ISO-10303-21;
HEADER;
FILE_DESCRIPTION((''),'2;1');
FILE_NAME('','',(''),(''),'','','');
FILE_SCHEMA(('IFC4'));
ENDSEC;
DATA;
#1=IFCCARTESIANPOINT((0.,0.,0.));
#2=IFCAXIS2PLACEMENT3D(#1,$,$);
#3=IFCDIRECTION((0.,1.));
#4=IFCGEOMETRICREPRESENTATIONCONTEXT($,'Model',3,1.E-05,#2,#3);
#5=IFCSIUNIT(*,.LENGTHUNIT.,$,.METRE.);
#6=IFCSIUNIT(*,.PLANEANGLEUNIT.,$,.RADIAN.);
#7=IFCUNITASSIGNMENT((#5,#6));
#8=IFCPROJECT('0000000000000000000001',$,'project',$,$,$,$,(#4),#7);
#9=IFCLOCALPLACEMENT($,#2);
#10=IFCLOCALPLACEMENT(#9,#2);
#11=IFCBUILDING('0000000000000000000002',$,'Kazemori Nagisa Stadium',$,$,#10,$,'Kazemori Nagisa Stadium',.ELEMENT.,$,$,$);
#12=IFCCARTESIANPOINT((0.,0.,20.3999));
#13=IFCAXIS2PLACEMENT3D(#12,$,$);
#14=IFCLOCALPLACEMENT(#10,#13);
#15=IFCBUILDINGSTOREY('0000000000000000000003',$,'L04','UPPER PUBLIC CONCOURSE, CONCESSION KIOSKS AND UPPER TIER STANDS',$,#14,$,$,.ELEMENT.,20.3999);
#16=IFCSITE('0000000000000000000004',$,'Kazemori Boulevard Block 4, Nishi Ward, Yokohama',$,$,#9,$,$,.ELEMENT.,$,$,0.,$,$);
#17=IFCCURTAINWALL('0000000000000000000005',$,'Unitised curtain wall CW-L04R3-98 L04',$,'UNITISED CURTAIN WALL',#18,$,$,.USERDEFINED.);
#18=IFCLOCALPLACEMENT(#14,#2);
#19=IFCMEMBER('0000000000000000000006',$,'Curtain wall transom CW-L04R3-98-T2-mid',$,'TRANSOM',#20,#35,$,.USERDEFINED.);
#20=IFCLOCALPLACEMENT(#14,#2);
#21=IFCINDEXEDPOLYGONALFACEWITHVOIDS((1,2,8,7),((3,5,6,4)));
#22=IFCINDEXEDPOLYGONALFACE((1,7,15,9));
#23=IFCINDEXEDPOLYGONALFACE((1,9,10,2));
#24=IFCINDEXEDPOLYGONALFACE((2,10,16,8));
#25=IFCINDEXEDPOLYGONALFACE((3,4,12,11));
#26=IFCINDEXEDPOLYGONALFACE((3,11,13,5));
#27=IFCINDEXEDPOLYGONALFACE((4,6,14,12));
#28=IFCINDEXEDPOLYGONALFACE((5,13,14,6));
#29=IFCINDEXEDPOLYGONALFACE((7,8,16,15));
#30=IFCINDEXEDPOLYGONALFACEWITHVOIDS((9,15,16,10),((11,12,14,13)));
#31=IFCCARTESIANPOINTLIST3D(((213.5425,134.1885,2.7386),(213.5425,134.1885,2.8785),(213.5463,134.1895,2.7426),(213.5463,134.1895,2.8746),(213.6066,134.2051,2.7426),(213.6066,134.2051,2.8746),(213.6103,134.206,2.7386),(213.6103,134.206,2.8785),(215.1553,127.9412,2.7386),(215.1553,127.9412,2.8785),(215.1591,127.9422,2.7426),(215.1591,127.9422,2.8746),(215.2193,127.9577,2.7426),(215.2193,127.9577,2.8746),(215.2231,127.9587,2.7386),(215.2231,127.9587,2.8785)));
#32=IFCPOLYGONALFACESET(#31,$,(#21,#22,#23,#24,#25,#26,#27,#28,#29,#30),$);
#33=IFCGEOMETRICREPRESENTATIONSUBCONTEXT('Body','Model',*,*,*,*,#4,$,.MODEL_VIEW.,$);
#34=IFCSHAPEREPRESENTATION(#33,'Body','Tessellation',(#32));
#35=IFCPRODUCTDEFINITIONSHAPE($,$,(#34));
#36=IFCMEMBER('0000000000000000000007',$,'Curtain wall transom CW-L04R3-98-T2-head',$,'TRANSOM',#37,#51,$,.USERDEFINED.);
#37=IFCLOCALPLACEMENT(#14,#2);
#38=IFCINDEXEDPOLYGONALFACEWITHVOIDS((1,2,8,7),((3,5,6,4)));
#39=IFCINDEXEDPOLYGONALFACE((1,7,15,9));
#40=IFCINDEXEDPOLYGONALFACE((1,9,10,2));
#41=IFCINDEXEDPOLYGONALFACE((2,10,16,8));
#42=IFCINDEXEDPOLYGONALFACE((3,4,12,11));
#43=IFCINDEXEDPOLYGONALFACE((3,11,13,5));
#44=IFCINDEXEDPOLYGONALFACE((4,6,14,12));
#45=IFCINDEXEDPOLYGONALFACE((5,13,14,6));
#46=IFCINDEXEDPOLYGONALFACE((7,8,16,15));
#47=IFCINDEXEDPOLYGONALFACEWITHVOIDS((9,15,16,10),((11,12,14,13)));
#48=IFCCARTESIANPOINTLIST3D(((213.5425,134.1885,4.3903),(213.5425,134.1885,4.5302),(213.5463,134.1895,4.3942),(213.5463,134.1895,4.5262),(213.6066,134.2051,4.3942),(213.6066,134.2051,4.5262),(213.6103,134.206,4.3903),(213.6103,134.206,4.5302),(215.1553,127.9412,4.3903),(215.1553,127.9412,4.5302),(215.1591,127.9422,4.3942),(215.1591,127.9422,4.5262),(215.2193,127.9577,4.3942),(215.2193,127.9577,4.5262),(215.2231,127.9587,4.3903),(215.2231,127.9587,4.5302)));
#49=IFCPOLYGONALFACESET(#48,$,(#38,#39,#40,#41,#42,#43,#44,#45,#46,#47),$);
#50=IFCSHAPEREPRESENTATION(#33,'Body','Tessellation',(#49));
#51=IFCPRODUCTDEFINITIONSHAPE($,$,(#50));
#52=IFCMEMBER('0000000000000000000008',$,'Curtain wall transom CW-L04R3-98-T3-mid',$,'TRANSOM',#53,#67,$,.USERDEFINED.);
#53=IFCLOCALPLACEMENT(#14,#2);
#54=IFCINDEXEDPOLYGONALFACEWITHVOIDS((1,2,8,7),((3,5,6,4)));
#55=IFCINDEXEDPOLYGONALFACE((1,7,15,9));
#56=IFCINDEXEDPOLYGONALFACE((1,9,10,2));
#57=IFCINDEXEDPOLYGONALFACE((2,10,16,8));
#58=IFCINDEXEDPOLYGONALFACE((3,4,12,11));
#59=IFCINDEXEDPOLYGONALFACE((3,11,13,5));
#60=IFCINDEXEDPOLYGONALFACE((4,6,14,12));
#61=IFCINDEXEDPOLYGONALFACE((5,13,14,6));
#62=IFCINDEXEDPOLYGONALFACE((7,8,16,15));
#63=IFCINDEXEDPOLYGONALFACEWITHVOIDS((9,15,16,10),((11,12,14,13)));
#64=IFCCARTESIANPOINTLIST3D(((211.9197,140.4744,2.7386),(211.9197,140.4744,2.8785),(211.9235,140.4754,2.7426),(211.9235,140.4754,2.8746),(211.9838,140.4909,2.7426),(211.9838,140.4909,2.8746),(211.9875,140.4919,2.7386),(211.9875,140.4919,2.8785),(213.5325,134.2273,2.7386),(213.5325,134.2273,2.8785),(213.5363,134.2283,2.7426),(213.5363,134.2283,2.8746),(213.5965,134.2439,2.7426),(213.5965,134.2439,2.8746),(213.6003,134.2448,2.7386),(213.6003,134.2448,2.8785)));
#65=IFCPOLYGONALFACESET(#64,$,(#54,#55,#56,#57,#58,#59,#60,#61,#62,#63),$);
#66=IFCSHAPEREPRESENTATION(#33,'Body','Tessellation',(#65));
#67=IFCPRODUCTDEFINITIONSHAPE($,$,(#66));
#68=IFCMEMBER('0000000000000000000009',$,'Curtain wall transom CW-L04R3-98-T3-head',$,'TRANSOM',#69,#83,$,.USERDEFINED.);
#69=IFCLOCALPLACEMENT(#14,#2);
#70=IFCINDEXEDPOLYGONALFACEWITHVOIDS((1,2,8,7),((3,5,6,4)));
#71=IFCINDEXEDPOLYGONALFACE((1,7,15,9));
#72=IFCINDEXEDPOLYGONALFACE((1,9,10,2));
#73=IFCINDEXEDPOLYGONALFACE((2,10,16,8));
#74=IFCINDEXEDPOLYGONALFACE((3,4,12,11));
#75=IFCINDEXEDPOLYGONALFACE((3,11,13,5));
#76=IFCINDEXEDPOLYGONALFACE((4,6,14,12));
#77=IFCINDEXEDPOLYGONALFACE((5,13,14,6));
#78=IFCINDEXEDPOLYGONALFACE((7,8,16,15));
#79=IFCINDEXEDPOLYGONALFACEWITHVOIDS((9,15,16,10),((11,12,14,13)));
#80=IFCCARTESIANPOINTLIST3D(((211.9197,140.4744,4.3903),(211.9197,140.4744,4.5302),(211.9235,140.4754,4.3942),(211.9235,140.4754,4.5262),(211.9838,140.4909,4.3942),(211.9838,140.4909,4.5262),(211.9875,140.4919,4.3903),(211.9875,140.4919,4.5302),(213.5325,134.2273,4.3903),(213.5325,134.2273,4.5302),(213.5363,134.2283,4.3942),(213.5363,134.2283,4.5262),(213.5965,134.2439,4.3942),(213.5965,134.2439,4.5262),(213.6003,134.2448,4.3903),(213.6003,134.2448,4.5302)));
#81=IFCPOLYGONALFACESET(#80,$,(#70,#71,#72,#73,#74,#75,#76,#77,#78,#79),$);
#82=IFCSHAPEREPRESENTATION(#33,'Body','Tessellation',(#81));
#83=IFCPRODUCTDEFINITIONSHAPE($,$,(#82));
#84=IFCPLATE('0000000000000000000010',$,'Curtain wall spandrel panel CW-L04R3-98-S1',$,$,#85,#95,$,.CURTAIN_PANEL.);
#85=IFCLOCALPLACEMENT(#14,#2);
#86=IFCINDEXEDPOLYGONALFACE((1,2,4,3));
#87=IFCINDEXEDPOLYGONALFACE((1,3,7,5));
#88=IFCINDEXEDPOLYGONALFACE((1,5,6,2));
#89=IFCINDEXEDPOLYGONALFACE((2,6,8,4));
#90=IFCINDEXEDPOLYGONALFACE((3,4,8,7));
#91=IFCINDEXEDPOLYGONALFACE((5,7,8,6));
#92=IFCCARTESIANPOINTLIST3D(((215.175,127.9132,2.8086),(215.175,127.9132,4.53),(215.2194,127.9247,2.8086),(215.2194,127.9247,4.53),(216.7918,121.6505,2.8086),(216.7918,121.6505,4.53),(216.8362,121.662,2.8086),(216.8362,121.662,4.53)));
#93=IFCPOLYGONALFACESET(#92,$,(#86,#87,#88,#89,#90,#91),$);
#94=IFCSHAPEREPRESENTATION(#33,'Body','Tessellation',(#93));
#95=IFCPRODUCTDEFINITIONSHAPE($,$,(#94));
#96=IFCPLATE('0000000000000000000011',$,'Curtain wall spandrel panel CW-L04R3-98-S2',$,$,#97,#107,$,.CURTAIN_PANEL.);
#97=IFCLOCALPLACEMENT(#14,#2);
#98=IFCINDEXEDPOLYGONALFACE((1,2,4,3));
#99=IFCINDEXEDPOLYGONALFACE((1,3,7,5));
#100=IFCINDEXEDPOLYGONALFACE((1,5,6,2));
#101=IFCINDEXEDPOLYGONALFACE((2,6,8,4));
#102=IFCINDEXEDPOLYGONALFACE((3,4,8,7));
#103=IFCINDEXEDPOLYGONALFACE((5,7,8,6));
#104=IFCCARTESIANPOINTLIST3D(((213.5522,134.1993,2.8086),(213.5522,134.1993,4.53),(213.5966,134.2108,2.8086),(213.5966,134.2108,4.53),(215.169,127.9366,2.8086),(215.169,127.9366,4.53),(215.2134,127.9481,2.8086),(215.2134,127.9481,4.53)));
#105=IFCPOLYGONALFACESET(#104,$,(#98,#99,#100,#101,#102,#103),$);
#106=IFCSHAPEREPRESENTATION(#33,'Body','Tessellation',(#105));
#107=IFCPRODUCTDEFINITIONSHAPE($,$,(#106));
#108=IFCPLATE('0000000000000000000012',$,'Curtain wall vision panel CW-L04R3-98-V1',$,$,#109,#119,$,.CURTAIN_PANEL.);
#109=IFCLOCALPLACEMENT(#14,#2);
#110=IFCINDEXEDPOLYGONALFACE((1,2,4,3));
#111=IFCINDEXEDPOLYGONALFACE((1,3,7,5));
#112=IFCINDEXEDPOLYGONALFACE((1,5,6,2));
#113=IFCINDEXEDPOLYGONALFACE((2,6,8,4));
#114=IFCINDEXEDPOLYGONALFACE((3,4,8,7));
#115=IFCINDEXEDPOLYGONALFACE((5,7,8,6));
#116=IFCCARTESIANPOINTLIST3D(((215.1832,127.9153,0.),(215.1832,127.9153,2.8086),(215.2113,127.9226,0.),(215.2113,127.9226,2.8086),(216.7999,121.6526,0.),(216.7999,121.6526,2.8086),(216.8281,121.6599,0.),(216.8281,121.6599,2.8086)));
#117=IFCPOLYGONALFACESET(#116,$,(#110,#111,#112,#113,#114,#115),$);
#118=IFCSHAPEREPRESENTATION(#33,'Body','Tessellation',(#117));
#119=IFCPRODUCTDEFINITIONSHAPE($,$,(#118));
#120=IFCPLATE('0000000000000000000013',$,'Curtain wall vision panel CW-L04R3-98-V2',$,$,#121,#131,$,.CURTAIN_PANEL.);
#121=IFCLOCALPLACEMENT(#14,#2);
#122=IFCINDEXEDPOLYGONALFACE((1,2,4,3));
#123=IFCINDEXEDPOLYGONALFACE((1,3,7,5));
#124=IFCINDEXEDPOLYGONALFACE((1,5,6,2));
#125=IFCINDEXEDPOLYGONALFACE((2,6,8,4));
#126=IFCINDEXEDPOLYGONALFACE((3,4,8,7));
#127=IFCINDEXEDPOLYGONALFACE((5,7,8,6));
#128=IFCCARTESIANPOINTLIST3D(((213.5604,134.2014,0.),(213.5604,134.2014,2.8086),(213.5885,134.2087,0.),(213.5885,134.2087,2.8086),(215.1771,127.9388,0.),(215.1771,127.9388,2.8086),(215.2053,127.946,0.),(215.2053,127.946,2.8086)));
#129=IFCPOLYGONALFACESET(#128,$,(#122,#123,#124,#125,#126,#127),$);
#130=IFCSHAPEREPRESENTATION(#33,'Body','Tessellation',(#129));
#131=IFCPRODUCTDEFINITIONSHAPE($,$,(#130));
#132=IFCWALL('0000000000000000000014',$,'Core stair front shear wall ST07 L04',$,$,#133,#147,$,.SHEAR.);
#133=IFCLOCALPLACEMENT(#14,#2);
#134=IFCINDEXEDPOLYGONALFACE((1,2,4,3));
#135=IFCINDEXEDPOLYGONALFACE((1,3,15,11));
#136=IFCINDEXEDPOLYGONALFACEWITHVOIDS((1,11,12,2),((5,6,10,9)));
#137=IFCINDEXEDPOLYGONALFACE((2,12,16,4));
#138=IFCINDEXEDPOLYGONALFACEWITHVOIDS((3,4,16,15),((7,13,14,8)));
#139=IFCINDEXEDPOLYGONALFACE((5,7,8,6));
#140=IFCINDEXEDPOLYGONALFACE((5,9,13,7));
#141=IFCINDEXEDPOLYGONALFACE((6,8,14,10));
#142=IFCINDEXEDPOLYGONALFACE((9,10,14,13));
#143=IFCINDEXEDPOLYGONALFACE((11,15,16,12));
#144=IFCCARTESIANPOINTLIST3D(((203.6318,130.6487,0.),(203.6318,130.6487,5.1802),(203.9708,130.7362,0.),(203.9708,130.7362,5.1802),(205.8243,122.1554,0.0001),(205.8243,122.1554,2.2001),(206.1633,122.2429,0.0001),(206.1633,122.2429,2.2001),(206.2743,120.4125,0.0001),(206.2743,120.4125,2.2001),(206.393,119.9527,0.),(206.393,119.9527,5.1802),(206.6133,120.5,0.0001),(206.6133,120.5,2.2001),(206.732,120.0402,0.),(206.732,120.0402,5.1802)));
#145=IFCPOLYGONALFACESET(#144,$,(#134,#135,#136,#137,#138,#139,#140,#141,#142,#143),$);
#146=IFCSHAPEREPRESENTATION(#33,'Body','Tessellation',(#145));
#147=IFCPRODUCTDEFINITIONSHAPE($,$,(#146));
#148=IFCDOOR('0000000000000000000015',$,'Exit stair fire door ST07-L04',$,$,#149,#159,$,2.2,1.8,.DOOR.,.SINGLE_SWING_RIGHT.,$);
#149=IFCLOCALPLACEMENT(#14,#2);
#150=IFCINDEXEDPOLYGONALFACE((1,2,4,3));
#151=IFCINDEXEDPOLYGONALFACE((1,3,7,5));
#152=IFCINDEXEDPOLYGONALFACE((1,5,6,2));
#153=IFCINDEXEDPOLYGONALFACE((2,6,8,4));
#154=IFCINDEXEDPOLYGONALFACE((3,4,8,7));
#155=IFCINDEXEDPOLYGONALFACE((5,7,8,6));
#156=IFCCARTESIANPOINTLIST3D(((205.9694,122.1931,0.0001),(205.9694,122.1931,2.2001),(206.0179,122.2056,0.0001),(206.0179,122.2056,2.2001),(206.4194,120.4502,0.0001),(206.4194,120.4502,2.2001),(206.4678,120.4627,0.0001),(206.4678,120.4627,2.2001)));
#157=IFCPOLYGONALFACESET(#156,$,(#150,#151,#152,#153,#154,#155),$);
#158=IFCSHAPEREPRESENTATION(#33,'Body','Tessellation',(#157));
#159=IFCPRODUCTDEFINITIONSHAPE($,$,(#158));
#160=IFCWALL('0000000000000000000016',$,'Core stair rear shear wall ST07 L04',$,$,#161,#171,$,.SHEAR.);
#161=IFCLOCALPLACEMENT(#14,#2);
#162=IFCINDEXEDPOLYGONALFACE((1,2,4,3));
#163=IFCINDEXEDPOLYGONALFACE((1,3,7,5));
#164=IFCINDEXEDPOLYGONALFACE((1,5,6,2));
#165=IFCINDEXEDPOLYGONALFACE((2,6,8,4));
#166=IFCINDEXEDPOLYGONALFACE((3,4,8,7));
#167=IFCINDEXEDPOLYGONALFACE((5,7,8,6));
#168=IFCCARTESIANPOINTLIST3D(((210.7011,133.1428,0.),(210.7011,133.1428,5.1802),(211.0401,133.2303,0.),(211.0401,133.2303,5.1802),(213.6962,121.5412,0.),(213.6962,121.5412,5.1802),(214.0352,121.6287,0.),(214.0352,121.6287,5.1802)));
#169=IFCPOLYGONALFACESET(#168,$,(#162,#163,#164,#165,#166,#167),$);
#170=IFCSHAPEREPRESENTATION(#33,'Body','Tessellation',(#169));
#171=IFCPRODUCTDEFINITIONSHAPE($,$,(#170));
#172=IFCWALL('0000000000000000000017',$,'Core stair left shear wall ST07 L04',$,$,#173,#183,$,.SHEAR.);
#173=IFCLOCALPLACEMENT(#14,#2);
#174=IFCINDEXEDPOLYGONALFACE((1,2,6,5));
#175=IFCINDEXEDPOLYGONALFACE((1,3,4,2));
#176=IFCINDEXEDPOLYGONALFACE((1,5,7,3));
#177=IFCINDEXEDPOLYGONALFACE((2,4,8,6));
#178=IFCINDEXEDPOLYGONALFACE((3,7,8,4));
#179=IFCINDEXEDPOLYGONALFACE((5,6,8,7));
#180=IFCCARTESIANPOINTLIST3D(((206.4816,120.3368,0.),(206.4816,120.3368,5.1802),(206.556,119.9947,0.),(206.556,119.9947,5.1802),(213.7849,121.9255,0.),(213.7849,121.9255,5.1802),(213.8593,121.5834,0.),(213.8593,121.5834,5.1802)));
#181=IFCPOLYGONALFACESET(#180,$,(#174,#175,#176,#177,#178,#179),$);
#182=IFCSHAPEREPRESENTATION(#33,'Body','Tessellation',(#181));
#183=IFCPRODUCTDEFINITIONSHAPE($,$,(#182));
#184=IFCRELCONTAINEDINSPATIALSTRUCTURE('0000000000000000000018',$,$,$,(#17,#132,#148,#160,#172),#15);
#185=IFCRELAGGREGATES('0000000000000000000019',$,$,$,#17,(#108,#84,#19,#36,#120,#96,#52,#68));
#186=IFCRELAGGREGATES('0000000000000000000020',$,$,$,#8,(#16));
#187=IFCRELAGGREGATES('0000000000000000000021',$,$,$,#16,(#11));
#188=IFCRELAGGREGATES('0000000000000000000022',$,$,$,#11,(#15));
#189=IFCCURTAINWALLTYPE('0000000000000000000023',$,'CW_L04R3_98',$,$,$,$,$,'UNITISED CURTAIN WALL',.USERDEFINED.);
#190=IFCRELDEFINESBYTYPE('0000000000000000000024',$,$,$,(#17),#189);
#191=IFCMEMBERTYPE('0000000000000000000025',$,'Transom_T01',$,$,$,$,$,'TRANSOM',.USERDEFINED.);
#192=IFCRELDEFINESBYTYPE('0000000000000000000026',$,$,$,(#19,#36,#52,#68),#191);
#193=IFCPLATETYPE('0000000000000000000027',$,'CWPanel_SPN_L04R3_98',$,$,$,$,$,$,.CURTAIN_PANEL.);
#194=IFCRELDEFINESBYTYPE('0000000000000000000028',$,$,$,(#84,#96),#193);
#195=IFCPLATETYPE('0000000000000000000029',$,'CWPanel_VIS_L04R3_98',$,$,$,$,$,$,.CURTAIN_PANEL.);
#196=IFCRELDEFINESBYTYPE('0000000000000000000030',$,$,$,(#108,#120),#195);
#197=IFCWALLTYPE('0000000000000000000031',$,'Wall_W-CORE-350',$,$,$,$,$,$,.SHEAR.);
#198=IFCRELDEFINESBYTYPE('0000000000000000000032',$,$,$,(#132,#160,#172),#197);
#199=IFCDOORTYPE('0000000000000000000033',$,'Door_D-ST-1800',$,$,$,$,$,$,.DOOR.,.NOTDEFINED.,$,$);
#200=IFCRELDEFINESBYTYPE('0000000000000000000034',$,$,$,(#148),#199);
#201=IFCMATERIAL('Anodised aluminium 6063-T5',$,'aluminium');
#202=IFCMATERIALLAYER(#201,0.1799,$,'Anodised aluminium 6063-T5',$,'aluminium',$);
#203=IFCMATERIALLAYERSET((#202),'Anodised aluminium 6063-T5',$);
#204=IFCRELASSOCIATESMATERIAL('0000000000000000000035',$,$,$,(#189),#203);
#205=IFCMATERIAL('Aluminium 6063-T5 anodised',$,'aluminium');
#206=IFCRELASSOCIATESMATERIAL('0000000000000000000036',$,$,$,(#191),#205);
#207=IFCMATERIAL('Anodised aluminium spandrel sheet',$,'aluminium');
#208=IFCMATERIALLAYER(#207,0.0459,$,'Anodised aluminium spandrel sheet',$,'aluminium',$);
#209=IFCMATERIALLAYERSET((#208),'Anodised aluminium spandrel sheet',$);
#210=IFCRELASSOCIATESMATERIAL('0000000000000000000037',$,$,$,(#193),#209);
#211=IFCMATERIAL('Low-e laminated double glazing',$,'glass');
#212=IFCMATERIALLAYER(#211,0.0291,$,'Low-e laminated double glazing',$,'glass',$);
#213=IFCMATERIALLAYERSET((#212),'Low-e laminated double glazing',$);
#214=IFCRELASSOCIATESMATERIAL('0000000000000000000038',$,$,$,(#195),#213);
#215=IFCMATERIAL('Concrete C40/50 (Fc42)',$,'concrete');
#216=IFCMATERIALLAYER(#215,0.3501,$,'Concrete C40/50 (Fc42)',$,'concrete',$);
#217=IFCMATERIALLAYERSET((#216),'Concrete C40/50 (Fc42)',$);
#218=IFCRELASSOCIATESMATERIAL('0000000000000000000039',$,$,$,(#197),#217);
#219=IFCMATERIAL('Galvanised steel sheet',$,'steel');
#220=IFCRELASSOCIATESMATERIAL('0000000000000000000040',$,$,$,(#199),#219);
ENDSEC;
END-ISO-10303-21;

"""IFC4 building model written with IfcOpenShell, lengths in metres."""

from ifc_helpers import new_model, si_unit, direction, frame, frame_2d, origin, origin_2d, place, context, subcontext, project, spatial, rectangle, hollow_rectangle, extrude, material, layer, layer_set, material_profile, profile_set, type_object, element, fill, aggregate, save


model = new_model("IFC4")

# Units and contexts
model_context = context("Model", 3, precision=1e-05, world=origin(), true_north=direction((0.0, 1.0)))
body_context = subcontext(model_context, "Body", "Model", "MODEL_VIEW")
ifc_project = project(units=[si_unit("LENGTHUNIT", "METRE"), si_unit("PLANEANGLEUNIT", "RADIAN")], contexts=[model_context])

# Site, building, storey
site_placement = place(None, origin())
site = spatial("IfcSite", under=ifc_project, at=site_placement, Name="Kazemori Boulevard Block 4, Nishi Ward, Yokohama", CompositionType="ELEMENT", RefElevation=0.0)
building_placement = place(site_placement, origin())
building = spatial("IfcBuilding", under=site, at=building_placement, Name="Kazemori Nagisa Stadium", LongName="Kazemori Nagisa Stadium", CompositionType="ELEMENT")
storey_placement = place(building_placement, frame((0.0, 0.0, 20.3999)))
storey = spatial("IfcBuildingStorey", under=building, at=storey_placement, Name="L04", Description="UPPER PUBLIC CONCOURSE, CONCESSION KIOSKS AND UPPER TIER STANDS", CompositionType="ELEMENT", Elevation=20.3999)

# Shared definitions
ifc_material_1 = material(Name="Anodised aluminium 6063-T5", Category="aluminium")
ifc_material_2 = material(Name="Aluminium 6063-T5 anodised", Category="aluminium")

# Curtain wall, members, plates
ifc_layer_1 = layer(ifc_material_1, 0.1799, Name="Anodised aluminium 6063-T5", Category="aluminium")
ifc_layer_set_1 = layer_set([ifc_layer_1], Name="Anodised aluminium 6063-T5")
curtain_wall_type_1 = type_object("IfcCurtainWallType", Name="CW_L04R3_98", ElementType="UNITISED CURTAIN WALL", PredefinedType="USERDEFINED", material=ifc_layer_set_1)
curtain_wall_1_placement = place(storey_placement, origin())
curtain_wall_1 = element("IfcCurtainWall", 1, at=curtain_wall_1_placement, inside=storey, type_object=curtain_wall_type_1, Name="Unitised curtain wall CW-L04R3-98 L04", ObjectType="UNITISED CURTAIN WALL", PredefinedType="USERDEFINED")
ifc_material_profile_1 = material_profile(ifc_material_2, hollow_rectangle(XDim=0.0701, YDim=0.1399, WallThickness=0.0039, at=origin_2d()), Name="ALU-TRAN-70x140x4")
ifc_profile_set_1 = profile_set([ifc_material_profile_1], Name="Aluminium 6063-T5 anodised")
member_type_1 = type_object("IfcMemberType", Name="Transom_T01", ElementType="TRANSOM", PredefinedType="USERDEFINED", material=ifc_profile_set_1)
member_1_placement = place(storey_placement, frame((215.1892, 127.95, 2.8086), z_axis=(-0.249963, 0.968255, 0.0), x_axis=(-0.968255, -0.249963, 0.0)))
member_1 = element("IfcMember", 2, at=member_1_placement, type_object=member_type_1, Name="Curtain wall transom CW-L04R3-98-T2-mid", ObjectType="TRANSOM", PredefinedType="USERDEFINED", context=body_context, shape_type="SweptSolid", body=[
    extrude(hollow_rectangle(XDim=0.0701, YDim=0.1399, WallThickness=0.0039, at=origin_2d()), origin(), (0.0, 0.0, 1.0), 6.4521),
])
member_2_placement = place(storey_placement, frame((215.1892, 127.95, 4.4602), z_axis=(-0.249963, 0.968255, 0.0), x_axis=(-0.968255, -0.249963, 0.0)))
member_2 = element("IfcMember", 3, at=member_2_placement, type_object=member_type_1, Name="Curtain wall transom CW-L04R3-98-T2-head", ObjectType="TRANSOM", PredefinedType="USERDEFINED", context=body_context, shape_type="SweptSolid", body=[
    extrude(hollow_rectangle(XDim=0.0701, YDim=0.1399, WallThickness=0.0039, at=origin_2d()), origin(), (0.0, 0.0, 1.0), 6.4521),
])
member_3_placement = place(storey_placement, frame((213.5664, 134.2361, 2.8086), z_axis=(-0.249972, 0.968253, 0.0), x_axis=(-0.968253, -0.249972, 0.0)))
member_3 = element("IfcMember", 4, at=member_3_placement, type_object=member_type_1, Name="Curtain wall transom CW-L04R3-98-T3-mid", ObjectType="TRANSOM", PredefinedType="USERDEFINED", context=body_context, shape_type="SweptSolid", body=[
    extrude(hollow_rectangle(XDim=0.0701, YDim=0.1399, WallThickness=0.0039, at=origin_2d()), origin(), (0.0, 0.0, 1.0), 6.4519),
])
member_4_placement = place(storey_placement, frame((213.5664, 134.2361, 4.4602), z_axis=(-0.249972, 0.968253, 0.0), x_axis=(-0.968253, -0.249972, 0.0)))
member_4 = element("IfcMember", 5, at=member_4_placement, type_object=member_type_1, Name="Curtain wall transom CW-L04R3-98-T3-head", ObjectType="TRANSOM", PredefinedType="USERDEFINED", context=body_context, shape_type="SweptSolid", body=[
    extrude(hollow_rectangle(XDim=0.0701, YDim=0.1399, WallThickness=0.0039, at=origin_2d()), origin(), (0.0, 0.0, 1.0), 6.4519),
])
ifc_material_3 = material(Name="Anodised aluminium spandrel sheet", Category="aluminium")
ifc_layer_2 = layer(ifc_material_3, 0.0459, Name="Anodised aluminium spandrel sheet", Category="aluminium")
ifc_layer_set_2 = layer_set([ifc_layer_2], Name="Anodised aluminium spandrel sheet")
plate_type_1 = type_object("IfcPlateType", Name="CWPanel_SPN_L04R3_98", PredefinedType="CURTAIN_PANEL", material=ifc_layer_set_2)
plate_1_placement = place(storey_placement, frame((216.0056, 124.7876, 2.8086), z_axis=(0.0, 0.0, 1.0), x_axis=(-0.249965, 0.968255, 0.0)))
plate_1 = element("IfcPlate", 6, at=plate_1_placement, type_object=plate_type_1, Name="Curtain wall spandrel panel CW-L04R3-98-S1", PredefinedType="CURTAIN_PANEL", context=body_context, shape_type="SweptSolid", body=[
    extrude(rectangle(XDim=6.468, YDim=0.0459, at=origin_2d()), origin(), (0.0, 0.0, 1.0), 1.7214),
])
plate_2_placement = place(storey_placement, frame((214.3828, 131.0737, 2.8086), z_axis=(0.0, 0.0, 1.0), x_axis=(-0.249965, 0.968255, 0.0)))
plate_2 = element("IfcPlate", 7, at=plate_2_placement, type_object=plate_type_1, Name="Curtain wall spandrel panel CW-L04R3-98-S2", PredefinedType="CURTAIN_PANEL", context=body_context, shape_type="SweptSolid", body=[
    extrude(rectangle(XDim=6.468, YDim=0.0459, at=origin_2d()), origin(), (0.0, 0.0, 1.0), 1.7214),
])
ifc_material_4 = material(Name="Low-e laminated double glazing", Category="glass")
ifc_layer_3 = layer(ifc_material_4, 0.0291, Name="Low-e laminated double glazing", Category="glass")
ifc_layer_set_3 = layer_set([ifc_layer_3], Name="Low-e laminated double glazing")
plate_type_2 = type_object("IfcPlateType", Name="CWPanel_VIS_L04R3_98", PredefinedType="CURTAIN_PANEL", material=ifc_layer_set_3)
plate_3_placement = place(storey_placement, frame((216.0056, 124.7876, 0.0), z_axis=(0.0, 0.0, 1.0), x_axis=(-0.249965, 0.968255, 0.0)))
plate_3 = element("IfcPlate", 8, at=plate_3_placement, type_object=plate_type_2, Name="Curtain wall vision panel CW-L04R3-98-V1", PredefinedType="CURTAIN_PANEL", context=body_context, shape_type="SweptSolid", body=[
    extrude(rectangle(XDim=6.468, YDim=0.0291, at=origin_2d()), origin(), (0.0, 0.0, 1.0), 2.8086),
])
plate_4_placement = place(storey_placement, frame((214.3828, 131.0737, 0.0), z_axis=(0.0, 0.0, 1.0), x_axis=(-0.249965, 0.968255, 0.0)))
plate_4 = element("IfcPlate", 9, at=plate_4_placement, type_object=plate_type_2, Name="Curtain wall vision panel CW-L04R3-98-V2", PredefinedType="CURTAIN_PANEL", context=body_context, shape_type="SweptSolid", body=[
    extrude(rectangle(XDim=6.468, YDim=0.0291, at=origin_2d()), origin(), (0.0, 0.0, 1.0), 2.8086),
])
aggregate(curtain_wall_1, [plate_3, plate_1, member_1, member_2, plate_4, plate_2, member_3, member_4])

# Wall, opening, door
ifc_material_5 = material(Name="Concrete C40/50 (Fc42)", Category="concrete")
ifc_layer_4 = layer(ifc_material_5, 0.3501, Name="Concrete C40/50 (Fc42)", Category="concrete")
ifc_layer_set_4 = layer_set([ifc_layer_4], Name="Concrete C40/50 (Fc42)")
wall_type_1 = type_object("IfcWallType", Name="Wall_W-CORE-350", PredefinedType="SHEAR", material=ifc_layer_set_4)
wall_1_placement = place(storey_placement, frame((206.5625, 119.9963, 0.0), z_axis=(0.0, 0.0, 1.0), x_axis=(-0.24996, 0.968256, 0.0)))
wall_1 = element("IfcWall", 10, at=wall_1_placement, inside=storey, type_object=wall_type_1, Name="Core stair front shear wall ST07 L04", PredefinedType="SHEAR", context=body_context, shape_type="SweptSolid", body=[
    extrude(rectangle(XDim=11.0466, YDim=0.3501, at=frame_2d((5.5234, 0.0))), origin(), (0.0, 0.0, 1.0), 5.1802),
])
opening_placement = place(wall_1_placement, frame((0.4751, 0.0, 0.0)))
opening = element("IfcOpeningElement", 11, at=opening_placement, cuts=wall_1, PredefinedType="OPENING", context=body_context, shape_type="SweptSolid", body=[
    extrude(rectangle(XDim=1.8, YDim=2.2, at=frame_2d((0.8999, 1.1001))), frame((0.0, 0.1851, 0.0), z_axis=(0.0, -1.0, 0.0), x_axis=(1.0, 0.0, 0.0)), (0.0, 0.0, 1.0), 0.3701),
])
ifc_material_6 = material(Name="Galvanised steel sheet", Category="steel")
door_type = type_object("IfcDoorType", Name="Door_D-ST-1800", OperationType="NOTDEFINED", PredefinedType="DOOR", material=ifc_material_6)
door_placement = place(opening_placement, frame((1.8, 0.0, 0.0), z_axis=(0.0, 0.0, 1.0), x_axis=(-1.0, 0.0, 0.0)))
door = element("IfcDoor", 12, at=door_placement, inside=storey, type_object=door_type, Name="Exit stair fire door ST07-L04", OperationType="SINGLE_SWING_RIGHT", OverallHeight=2.2, OverallWidth=1.8, PredefinedType="DOOR", context=body_context, shape_type="SweptSolid", body=[
    extrude(rectangle(XDim=1.8, YDim=2.2, at=frame_2d((0.8999, 1.1001))), frame((0.0, 0.0249, 0.0), z_axis=(0.0, -1.0, 0.0), x_axis=(1.0, 0.0, 0.0)), (0.0, 0.0, 1.0), 0.05),
])
fill(opening, door)

# Walls
wall_2_placement = place(storey_placement, frame((213.8657, 121.585, 0.0), z_axis=(0.0, 0.0, 1.0), x_axis=(-0.249969, 0.968254, 0.0)))
element("IfcWall", 13, at=wall_2_placement, inside=storey, type_object=wall_type_1, Name="Core stair rear shear wall ST07 L04", PredefinedType="SHEAR", context=body_context, shape_type="SweptSolid", body=[
    extrude(rectangle(XDim=11.9819, YDim=0.3501, at=frame_2d((5.991, 0.0))), origin(), (0.0, 0.0, 1.0), 5.1802),
])
wall_3_placement = place(storey_placement, frame((206.5188, 120.1658, 0.0), z_axis=(0.0, 0.0, 1.0), x_axis=(0.97715, 0.212553, 0.0)))
element("IfcWall", 14, at=wall_3_placement, inside=storey, type_object=wall_type_1, Name="Core stair left shear wall ST07 L04", PredefinedType="SHEAR", context=body_context, shape_type="SweptSolid", body=[
    extrude(rectangle(XDim=7.4741, YDim=0.3501, at=frame_2d((3.7371, 0.0))), origin(), (0.0, 0.0, 1.0), 5.1802),
])

save(model, "model.ifc")
